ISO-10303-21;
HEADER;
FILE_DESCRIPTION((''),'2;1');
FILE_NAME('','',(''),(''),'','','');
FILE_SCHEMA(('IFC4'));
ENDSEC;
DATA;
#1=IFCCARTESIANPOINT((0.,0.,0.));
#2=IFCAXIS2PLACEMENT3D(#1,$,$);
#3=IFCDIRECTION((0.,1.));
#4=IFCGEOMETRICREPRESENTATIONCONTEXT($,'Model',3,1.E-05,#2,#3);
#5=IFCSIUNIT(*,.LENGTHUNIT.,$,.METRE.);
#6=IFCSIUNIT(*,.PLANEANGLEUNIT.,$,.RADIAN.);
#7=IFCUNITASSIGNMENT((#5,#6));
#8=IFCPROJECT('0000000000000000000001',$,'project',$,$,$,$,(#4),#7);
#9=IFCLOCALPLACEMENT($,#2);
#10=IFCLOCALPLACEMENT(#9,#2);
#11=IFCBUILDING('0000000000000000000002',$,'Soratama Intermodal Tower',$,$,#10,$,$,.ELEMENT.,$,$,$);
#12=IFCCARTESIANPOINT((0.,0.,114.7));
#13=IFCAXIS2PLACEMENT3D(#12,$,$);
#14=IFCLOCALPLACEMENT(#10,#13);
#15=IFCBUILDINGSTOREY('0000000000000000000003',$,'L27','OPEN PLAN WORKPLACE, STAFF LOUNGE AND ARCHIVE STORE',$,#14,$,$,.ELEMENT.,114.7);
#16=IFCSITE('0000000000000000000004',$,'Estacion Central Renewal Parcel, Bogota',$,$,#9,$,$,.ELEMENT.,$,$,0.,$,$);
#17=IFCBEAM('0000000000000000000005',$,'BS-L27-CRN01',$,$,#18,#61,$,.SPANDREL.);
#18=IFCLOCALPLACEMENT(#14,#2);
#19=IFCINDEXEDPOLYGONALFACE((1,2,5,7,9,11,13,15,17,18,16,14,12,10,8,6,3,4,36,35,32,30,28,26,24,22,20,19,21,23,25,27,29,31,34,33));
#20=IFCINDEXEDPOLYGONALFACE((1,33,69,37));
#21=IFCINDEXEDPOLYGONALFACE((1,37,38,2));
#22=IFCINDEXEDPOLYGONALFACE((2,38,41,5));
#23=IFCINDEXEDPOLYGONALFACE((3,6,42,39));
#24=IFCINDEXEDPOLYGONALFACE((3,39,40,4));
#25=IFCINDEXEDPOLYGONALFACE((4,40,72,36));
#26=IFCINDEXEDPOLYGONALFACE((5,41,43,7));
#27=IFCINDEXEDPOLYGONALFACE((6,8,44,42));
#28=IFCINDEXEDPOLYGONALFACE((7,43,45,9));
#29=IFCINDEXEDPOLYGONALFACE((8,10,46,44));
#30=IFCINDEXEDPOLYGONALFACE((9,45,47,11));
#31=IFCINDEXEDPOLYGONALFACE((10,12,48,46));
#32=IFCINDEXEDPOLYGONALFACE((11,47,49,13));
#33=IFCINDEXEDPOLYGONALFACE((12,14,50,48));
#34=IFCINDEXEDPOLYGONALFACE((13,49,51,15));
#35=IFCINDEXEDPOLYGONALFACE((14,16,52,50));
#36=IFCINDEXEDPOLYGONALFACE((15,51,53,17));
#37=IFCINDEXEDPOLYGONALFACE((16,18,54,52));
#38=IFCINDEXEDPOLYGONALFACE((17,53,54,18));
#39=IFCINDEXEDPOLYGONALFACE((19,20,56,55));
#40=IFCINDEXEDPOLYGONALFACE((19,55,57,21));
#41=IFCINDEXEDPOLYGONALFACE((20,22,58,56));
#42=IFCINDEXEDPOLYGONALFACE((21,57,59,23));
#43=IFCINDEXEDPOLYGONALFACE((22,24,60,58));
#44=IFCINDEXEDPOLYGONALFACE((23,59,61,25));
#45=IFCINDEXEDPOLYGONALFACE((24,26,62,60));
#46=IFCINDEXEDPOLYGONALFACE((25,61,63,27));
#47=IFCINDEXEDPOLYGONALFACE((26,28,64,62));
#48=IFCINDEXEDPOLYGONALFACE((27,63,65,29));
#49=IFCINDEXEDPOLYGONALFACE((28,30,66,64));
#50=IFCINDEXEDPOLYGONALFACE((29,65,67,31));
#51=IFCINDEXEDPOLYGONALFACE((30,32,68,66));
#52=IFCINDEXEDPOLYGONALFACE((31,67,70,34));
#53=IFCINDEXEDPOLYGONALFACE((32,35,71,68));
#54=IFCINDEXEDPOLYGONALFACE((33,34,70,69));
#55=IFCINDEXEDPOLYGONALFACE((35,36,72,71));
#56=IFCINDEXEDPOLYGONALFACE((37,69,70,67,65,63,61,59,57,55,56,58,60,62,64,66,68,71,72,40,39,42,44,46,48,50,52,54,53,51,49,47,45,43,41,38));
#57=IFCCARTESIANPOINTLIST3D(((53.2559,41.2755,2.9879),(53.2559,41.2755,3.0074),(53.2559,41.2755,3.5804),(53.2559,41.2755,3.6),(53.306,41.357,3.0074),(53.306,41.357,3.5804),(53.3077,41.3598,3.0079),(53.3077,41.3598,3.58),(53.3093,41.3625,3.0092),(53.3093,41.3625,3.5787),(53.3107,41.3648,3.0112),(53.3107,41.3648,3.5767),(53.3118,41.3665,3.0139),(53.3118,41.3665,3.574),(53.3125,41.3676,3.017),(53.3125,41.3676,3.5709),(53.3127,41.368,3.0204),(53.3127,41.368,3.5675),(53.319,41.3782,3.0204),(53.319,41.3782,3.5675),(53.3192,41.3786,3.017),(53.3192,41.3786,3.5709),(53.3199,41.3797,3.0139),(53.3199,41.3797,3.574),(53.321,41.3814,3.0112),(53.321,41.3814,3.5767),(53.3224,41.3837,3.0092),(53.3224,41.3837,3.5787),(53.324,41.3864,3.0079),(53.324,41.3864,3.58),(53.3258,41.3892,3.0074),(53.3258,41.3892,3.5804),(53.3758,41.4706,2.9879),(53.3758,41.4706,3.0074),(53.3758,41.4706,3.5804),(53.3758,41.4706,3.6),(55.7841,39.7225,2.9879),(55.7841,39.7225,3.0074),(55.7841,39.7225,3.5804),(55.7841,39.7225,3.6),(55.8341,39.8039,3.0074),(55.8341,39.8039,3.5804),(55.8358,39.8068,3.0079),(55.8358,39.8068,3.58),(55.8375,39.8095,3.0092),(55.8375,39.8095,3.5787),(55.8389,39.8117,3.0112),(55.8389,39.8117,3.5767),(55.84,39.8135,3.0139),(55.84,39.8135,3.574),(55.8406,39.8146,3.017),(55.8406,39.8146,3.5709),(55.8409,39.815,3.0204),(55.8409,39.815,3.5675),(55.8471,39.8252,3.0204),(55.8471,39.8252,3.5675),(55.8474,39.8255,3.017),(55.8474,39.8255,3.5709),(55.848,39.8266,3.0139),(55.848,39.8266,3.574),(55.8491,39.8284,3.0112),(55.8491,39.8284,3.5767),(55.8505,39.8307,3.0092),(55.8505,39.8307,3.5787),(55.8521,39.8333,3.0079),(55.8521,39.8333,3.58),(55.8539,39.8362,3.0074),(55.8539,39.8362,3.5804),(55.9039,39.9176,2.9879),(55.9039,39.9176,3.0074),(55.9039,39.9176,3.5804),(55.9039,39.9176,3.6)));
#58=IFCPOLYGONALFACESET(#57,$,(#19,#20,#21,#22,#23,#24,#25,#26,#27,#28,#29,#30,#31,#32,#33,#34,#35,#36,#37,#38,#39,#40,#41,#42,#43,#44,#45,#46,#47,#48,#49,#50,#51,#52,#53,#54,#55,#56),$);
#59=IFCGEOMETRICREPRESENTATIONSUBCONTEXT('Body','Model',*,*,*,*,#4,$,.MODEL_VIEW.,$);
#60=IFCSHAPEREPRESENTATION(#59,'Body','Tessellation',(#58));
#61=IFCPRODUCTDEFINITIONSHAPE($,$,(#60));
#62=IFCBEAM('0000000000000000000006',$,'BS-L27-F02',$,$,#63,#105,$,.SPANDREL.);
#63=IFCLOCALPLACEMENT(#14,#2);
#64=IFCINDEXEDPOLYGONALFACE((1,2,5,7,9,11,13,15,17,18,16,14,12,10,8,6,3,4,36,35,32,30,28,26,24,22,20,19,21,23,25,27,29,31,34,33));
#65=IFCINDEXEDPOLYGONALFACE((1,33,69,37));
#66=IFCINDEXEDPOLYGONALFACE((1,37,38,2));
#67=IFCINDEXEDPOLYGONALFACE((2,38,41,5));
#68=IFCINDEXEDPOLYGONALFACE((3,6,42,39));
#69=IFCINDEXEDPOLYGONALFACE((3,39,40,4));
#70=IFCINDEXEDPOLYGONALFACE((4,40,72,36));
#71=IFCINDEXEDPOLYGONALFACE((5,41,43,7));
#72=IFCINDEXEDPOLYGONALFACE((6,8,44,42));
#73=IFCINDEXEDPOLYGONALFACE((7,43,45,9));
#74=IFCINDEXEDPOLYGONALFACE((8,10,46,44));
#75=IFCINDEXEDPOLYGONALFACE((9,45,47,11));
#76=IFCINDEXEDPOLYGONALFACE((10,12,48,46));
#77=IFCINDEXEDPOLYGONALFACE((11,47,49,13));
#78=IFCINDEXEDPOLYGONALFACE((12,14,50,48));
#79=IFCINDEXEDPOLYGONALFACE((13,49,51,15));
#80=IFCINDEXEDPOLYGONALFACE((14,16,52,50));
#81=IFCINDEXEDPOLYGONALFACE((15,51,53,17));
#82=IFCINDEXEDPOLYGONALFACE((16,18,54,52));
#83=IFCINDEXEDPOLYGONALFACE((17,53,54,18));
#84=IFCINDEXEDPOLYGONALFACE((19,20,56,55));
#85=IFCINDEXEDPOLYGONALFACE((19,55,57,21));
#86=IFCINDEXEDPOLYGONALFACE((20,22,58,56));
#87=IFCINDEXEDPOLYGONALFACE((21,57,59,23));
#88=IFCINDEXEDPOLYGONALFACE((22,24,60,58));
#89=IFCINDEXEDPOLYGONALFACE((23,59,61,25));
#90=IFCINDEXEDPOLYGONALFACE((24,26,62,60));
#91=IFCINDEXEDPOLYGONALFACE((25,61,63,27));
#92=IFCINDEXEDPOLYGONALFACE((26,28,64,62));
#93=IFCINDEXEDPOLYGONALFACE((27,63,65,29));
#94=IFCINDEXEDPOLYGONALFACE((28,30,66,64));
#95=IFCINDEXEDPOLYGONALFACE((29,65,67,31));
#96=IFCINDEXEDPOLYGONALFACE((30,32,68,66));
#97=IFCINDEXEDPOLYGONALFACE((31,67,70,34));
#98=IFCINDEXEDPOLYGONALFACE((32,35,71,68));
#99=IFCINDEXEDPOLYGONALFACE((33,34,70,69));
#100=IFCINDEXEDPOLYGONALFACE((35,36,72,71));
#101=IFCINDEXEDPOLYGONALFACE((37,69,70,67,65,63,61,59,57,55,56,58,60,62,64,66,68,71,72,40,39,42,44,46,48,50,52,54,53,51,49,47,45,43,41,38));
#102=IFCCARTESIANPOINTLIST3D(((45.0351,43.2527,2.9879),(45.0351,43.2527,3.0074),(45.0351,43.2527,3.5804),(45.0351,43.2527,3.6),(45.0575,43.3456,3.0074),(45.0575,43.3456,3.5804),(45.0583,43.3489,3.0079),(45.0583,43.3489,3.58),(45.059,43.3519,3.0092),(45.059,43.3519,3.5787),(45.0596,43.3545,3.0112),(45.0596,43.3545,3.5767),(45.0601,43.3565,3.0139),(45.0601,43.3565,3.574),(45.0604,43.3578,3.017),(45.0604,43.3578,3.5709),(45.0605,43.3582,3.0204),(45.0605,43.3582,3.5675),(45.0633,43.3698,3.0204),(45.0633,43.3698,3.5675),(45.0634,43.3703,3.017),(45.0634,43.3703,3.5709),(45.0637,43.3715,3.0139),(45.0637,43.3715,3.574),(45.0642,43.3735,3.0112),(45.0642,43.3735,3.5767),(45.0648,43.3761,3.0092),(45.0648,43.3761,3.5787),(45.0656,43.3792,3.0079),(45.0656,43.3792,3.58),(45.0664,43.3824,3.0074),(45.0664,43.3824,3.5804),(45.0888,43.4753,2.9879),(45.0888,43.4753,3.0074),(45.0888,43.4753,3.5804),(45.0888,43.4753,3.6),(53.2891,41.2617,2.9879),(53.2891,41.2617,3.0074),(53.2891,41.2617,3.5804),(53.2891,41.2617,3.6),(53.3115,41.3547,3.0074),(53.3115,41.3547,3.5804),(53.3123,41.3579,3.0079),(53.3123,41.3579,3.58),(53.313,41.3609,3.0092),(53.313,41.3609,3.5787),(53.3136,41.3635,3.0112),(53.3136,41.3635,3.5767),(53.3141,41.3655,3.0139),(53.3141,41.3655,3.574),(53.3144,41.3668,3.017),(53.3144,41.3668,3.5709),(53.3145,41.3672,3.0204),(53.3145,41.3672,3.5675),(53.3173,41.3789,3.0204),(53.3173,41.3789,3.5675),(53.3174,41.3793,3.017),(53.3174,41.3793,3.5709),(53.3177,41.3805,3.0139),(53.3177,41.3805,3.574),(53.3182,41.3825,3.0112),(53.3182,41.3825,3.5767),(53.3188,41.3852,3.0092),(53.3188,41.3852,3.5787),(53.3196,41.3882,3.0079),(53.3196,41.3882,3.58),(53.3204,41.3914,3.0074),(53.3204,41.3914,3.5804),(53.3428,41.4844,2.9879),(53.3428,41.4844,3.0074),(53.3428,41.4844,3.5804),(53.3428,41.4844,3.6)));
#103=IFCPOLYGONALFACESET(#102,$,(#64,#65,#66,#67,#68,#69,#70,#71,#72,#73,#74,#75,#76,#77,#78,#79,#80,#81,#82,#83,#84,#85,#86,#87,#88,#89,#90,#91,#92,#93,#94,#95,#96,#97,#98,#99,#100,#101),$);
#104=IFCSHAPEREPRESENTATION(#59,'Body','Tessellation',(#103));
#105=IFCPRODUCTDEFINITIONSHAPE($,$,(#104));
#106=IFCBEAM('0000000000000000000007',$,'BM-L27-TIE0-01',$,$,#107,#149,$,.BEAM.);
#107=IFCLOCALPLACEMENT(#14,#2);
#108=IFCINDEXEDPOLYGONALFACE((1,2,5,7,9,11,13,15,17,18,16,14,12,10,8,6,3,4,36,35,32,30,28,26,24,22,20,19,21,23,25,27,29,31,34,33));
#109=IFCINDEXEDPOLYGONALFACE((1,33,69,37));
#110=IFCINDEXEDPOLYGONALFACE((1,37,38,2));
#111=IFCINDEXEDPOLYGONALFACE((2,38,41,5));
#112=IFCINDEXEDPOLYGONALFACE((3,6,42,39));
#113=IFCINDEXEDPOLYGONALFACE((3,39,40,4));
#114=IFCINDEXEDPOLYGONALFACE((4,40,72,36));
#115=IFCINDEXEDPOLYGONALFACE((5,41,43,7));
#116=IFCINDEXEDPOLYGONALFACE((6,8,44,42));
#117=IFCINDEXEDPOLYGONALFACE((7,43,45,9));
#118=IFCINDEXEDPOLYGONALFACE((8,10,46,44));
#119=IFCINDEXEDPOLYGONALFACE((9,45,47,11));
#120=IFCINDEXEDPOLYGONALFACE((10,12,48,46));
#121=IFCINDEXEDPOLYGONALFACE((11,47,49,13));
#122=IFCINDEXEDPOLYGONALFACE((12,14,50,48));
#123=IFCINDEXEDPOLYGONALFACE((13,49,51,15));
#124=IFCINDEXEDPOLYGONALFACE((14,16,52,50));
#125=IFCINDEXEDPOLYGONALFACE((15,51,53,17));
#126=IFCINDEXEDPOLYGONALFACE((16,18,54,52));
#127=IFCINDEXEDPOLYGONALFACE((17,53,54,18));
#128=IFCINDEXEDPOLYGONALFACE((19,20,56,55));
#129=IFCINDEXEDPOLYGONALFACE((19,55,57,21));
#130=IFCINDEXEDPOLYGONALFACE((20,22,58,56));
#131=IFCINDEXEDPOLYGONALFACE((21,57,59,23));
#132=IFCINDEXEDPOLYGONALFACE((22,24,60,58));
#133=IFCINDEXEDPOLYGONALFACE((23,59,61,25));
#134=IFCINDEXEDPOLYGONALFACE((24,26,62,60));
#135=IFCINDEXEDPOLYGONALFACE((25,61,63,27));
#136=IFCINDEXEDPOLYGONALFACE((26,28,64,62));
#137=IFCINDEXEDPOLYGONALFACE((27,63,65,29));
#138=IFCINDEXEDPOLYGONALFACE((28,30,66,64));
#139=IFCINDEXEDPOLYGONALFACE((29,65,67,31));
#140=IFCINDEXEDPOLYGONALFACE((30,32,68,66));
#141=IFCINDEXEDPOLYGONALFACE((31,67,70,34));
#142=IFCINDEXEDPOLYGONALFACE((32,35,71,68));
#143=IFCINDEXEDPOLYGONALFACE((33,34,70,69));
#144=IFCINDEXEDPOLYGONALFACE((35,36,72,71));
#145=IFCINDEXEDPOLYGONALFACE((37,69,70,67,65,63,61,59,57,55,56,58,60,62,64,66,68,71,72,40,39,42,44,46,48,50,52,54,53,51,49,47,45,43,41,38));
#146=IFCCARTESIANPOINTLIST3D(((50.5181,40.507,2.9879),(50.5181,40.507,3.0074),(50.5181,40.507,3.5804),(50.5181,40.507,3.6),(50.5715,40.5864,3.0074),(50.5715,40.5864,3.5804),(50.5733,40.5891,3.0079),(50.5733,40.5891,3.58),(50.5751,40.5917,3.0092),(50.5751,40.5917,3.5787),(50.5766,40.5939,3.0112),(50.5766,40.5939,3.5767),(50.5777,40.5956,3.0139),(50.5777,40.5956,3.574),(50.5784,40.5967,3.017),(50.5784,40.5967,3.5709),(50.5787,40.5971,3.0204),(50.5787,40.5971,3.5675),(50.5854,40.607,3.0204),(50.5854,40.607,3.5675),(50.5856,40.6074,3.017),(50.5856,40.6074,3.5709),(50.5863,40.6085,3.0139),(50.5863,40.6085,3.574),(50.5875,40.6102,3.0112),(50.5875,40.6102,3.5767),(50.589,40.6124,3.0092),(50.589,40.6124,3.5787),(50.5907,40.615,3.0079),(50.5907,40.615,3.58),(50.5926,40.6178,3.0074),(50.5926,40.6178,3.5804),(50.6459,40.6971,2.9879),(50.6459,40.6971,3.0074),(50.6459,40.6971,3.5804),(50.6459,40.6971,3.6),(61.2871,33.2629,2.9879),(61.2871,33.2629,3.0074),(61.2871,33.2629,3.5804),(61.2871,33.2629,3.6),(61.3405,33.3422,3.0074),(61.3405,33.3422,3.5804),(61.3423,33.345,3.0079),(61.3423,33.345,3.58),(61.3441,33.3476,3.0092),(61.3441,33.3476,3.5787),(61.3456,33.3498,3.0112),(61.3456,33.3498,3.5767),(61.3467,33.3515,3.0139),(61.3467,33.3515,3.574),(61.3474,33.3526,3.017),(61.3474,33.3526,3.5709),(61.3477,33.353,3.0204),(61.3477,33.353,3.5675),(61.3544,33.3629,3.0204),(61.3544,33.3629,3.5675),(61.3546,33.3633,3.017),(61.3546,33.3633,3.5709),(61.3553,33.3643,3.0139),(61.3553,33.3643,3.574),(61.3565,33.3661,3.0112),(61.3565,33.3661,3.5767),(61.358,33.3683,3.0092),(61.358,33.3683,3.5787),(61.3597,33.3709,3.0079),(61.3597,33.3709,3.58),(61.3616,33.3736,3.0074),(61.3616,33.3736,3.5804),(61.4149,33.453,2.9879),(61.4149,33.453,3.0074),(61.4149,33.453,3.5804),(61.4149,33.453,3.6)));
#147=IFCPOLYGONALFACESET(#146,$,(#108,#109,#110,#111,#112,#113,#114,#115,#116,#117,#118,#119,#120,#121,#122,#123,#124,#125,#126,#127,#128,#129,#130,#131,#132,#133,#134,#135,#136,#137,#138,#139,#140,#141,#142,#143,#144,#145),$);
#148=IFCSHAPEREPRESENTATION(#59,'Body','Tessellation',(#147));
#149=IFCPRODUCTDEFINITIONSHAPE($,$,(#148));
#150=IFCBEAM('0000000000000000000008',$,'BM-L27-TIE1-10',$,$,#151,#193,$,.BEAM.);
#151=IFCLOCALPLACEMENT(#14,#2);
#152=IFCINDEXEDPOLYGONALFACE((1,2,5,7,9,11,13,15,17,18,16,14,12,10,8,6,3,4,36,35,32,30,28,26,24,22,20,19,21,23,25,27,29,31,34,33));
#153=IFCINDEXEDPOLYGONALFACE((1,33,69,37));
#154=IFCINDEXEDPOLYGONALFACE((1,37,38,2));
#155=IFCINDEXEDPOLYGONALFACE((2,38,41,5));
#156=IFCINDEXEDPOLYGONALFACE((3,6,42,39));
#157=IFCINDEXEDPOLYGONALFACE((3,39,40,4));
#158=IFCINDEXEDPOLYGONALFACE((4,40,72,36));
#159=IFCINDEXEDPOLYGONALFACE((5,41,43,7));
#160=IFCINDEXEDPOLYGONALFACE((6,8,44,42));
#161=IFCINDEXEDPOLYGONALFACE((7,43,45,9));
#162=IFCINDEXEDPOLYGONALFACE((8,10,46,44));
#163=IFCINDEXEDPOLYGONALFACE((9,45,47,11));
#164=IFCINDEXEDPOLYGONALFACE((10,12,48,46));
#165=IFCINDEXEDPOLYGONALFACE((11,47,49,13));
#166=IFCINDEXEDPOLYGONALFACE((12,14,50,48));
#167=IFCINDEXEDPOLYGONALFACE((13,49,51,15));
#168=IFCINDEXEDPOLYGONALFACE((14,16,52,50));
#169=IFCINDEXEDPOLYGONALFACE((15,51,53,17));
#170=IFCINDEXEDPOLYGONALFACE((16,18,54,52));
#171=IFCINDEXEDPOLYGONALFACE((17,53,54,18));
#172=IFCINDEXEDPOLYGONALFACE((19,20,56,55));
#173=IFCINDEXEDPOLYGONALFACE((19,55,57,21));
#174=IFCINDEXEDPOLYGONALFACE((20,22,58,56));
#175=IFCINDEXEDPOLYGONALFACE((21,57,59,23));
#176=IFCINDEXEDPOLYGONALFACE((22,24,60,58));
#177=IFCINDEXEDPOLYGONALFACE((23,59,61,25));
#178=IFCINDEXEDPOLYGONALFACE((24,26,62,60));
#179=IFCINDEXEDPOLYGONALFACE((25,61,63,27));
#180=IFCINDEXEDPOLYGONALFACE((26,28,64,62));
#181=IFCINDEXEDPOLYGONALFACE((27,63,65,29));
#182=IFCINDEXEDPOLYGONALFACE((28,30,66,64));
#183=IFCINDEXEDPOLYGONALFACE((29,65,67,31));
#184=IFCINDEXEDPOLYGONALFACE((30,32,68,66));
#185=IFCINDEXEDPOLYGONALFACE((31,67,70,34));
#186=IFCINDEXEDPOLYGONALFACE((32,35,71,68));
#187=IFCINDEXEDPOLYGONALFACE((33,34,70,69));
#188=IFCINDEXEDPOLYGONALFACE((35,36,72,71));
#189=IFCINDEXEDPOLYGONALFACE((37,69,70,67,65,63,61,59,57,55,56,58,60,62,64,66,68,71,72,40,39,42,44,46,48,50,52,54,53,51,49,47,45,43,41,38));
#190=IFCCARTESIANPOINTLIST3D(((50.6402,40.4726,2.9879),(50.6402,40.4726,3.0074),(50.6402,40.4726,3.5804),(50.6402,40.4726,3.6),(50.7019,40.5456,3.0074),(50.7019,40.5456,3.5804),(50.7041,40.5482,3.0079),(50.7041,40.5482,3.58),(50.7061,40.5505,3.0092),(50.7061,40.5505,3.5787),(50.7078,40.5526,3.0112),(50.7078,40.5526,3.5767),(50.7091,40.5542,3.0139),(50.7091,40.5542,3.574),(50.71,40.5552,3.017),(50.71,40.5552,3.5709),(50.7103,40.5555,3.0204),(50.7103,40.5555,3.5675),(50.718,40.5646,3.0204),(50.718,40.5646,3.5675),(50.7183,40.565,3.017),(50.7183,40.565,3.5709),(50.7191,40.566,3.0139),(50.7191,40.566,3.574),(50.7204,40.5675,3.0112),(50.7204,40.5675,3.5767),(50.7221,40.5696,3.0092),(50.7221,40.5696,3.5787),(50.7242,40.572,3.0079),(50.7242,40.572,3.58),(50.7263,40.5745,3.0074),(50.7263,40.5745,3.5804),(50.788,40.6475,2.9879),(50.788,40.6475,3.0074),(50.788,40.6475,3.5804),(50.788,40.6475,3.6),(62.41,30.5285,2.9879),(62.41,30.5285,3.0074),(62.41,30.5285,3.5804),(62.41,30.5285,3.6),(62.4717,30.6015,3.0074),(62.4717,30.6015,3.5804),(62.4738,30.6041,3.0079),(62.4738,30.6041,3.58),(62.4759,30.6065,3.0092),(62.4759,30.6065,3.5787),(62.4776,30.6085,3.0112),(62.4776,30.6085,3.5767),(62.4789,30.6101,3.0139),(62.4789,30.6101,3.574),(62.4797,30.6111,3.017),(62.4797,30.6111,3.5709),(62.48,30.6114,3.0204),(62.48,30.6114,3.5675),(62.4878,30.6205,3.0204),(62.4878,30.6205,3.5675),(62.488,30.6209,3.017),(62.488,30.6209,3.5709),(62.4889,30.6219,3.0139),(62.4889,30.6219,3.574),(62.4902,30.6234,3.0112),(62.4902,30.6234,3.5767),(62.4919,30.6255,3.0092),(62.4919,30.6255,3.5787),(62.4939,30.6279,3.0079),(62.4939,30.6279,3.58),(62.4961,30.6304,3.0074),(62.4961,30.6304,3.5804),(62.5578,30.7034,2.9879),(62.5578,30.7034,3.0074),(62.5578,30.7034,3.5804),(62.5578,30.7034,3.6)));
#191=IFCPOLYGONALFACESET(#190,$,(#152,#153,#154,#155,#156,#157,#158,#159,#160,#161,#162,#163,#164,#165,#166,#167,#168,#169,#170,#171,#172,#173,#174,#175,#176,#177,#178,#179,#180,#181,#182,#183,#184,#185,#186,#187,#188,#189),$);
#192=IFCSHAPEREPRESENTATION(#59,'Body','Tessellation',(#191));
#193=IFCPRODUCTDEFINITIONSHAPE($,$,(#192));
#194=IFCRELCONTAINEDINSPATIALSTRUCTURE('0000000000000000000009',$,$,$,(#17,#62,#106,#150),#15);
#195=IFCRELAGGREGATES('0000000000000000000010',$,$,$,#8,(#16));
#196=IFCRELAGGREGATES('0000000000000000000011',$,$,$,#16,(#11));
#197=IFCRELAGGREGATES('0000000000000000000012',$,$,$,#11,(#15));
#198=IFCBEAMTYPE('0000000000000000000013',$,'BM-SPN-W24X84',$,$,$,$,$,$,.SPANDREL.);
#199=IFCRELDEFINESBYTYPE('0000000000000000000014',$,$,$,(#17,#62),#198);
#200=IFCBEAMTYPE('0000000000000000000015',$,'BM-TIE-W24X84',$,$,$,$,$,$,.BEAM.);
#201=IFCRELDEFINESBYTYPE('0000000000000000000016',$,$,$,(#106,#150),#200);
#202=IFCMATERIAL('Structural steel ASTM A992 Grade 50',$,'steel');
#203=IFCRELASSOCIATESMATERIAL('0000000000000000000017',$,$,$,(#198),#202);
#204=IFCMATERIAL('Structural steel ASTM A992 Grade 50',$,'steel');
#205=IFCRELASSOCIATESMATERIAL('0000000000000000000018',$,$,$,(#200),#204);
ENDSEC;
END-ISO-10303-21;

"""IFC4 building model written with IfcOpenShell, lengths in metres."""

from ifc_helpers import new_model, si_unit, direction, frame, origin, origin_2d, place, context, subcontext, project, spatial, i_section, extrude, material, material_profile, profile_set, type_object, element, save


model = new_model("IFC4")

# Units and contexts
model_context = context("Model", 3, precision=1e-05, world=origin(), true_north=direction((0.0, 1.0)))
body_context = subcontext(model_context, "Body", "Model", "MODEL_VIEW")
ifc_project = project(units=[si_unit("LENGTHUNIT", "METRE"), si_unit("PLANEANGLEUNIT", "RADIAN")], contexts=[model_context])

# Site, building, storey
site_placement = place(None, origin())
site = spatial("IfcSite", under=ifc_project, at=site_placement, Name="Estacion Central Renewal Parcel, Bogota", CompositionType="ELEMENT", RefElevation=0.0)
building_placement = place(site_placement, origin())
building = spatial("IfcBuilding", under=site, at=building_placement, Name="Soratama Intermodal Tower", CompositionType="ELEMENT")
storey_placement = place(building_placement, frame((0.0, 0.0, 114.7)))
storey = spatial("IfcBuildingStorey", under=building, at=storey_placement, Name="L27", Description="OPEN PLAN WORKPLACE, STAFF LOUNGE AND ARCHIVE STORE", CompositionType="ELEMENT", Elevation=114.7)

# Beams
ifc_material_1 = material(Name="Structural steel ASTM A992 Grade 50", Category="steel")
ifc_material_profile_1 = material_profile(ifc_material_1, i_section(OverallWidth=0.229, OverallDepth=0.6121, WebThickness=0.012, FlangeThickness=0.0195, FilletRadius=0.0129, at=origin_2d()), Name="W24X84")
ifc_profile_set_1 = profile_set([ifc_material_profile_1], Name="Structural steel ASTM A992 Grade 50")
beam_type_1 = type_object("IfcBeamType", Name="BM-SPN-W24X84", PredefinedType="SPANDREL", material=ifc_profile_set_1)
beam_1_placement = place(storey_placement, frame((55.844, 39.8201, 3.2939), z_axis=(-0.852073, 0.523422, 0.0), x_axis=(-0.523422, -0.852073, 0.0)))
element("IfcBeam", 1, at=beam_1_placement, inside=storey, type_object=beam_type_1, Name="BS-L27-CRN01", PredefinedType="SPANDREL", context=body_context, shape_type="SweptSolid", body=[
    extrude(i_section(OverallWidth=0.229, OverallDepth=0.6121, WebThickness=0.012, FlangeThickness=0.0195, FilletRadius=0.0129, at=origin_2d()), origin(), (0.0, 0.0, 1.0), 2.967),
])
beam_2_placement = place(storey_placement, frame((53.3159, 41.373, 3.2939), z_axis=(-0.972119, 0.23449, 0.0), x_axis=(-0.23449, -0.972119, 0.0)))
element("IfcBeam", 2, at=beam_2_placement, inside=storey, type_object=beam_type_1, Name="BS-L27-F02", PredefinedType="SPANDREL", context=body_context, shape_type="SweptSolid", body=[
    extrude(i_section(OverallWidth=0.229, OverallDepth=0.6121, WebThickness=0.012, FlangeThickness=0.0195, FilletRadius=0.0129, at=origin_2d()), origin(), (0.0, 0.0, 1.0), 8.4907),
])
ifc_material_2 = material(Name="Structural steel ASTM A992 Grade 50", Category="steel")
ifc_material_profile_2 = material_profile(ifc_material_2, i_section(OverallWidth=0.229, OverallDepth=0.6121, WebThickness=0.012, FlangeThickness=0.0195, FilletRadius=0.0129, at=origin_2d()), Name="W24X84")
ifc_profile_set_2 = profile_set([ifc_material_profile_2], Name="Structural steel ASTM A992 Grade 50")
beam_type_2 = type_object("IfcBeamType", Name="BM-TIE-W24X84", PredefinedType="BEAM", material=ifc_profile_set_2)
beam_3_placement = place(storey_placement, frame((50.582, 40.6021, 3.2939), z_axis=(0.82974, -0.558151, 0.0), x_axis=(0.558151, 0.82974, 0.0)))
element("IfcBeam", 3, at=beam_3_placement, inside=storey, type_object=beam_type_2, Name="BM-L27-TIE0-01", PredefinedType="BEAM", context=body_context, shape_type="SweptSolid", body=[
    extrude(i_section(OverallWidth=0.229, OverallDepth=0.6121, WebThickness=0.012, FlangeThickness=0.0195, FilletRadius=0.0129, at=origin_2d()), origin(), (0.0, 0.0, 1.0), 12.9788),
])
beam_4_placement = place(storey_placement, frame((50.7141, 40.5601, 3.2939), z_axis=(0.763864, -0.645377, 0.0), x_axis=(0.645377, 0.763864, 0.0)))
element("IfcBeam", 4, at=beam_4_placement, inside=storey, type_object=beam_type_2, Name="BM-L27-TIE1-10", PredefinedType="BEAM", context=body_context, shape_type="SweptSolid", body=[
    extrude(i_section(OverallWidth=0.229, OverallDepth=0.6121, WebThickness=0.012, FlangeThickness=0.0195, FilletRadius=0.0129, at=origin_2d()), origin(), (0.0, 0.0, 1.0), 15.4082),
])

save(model, "model.ifc")
